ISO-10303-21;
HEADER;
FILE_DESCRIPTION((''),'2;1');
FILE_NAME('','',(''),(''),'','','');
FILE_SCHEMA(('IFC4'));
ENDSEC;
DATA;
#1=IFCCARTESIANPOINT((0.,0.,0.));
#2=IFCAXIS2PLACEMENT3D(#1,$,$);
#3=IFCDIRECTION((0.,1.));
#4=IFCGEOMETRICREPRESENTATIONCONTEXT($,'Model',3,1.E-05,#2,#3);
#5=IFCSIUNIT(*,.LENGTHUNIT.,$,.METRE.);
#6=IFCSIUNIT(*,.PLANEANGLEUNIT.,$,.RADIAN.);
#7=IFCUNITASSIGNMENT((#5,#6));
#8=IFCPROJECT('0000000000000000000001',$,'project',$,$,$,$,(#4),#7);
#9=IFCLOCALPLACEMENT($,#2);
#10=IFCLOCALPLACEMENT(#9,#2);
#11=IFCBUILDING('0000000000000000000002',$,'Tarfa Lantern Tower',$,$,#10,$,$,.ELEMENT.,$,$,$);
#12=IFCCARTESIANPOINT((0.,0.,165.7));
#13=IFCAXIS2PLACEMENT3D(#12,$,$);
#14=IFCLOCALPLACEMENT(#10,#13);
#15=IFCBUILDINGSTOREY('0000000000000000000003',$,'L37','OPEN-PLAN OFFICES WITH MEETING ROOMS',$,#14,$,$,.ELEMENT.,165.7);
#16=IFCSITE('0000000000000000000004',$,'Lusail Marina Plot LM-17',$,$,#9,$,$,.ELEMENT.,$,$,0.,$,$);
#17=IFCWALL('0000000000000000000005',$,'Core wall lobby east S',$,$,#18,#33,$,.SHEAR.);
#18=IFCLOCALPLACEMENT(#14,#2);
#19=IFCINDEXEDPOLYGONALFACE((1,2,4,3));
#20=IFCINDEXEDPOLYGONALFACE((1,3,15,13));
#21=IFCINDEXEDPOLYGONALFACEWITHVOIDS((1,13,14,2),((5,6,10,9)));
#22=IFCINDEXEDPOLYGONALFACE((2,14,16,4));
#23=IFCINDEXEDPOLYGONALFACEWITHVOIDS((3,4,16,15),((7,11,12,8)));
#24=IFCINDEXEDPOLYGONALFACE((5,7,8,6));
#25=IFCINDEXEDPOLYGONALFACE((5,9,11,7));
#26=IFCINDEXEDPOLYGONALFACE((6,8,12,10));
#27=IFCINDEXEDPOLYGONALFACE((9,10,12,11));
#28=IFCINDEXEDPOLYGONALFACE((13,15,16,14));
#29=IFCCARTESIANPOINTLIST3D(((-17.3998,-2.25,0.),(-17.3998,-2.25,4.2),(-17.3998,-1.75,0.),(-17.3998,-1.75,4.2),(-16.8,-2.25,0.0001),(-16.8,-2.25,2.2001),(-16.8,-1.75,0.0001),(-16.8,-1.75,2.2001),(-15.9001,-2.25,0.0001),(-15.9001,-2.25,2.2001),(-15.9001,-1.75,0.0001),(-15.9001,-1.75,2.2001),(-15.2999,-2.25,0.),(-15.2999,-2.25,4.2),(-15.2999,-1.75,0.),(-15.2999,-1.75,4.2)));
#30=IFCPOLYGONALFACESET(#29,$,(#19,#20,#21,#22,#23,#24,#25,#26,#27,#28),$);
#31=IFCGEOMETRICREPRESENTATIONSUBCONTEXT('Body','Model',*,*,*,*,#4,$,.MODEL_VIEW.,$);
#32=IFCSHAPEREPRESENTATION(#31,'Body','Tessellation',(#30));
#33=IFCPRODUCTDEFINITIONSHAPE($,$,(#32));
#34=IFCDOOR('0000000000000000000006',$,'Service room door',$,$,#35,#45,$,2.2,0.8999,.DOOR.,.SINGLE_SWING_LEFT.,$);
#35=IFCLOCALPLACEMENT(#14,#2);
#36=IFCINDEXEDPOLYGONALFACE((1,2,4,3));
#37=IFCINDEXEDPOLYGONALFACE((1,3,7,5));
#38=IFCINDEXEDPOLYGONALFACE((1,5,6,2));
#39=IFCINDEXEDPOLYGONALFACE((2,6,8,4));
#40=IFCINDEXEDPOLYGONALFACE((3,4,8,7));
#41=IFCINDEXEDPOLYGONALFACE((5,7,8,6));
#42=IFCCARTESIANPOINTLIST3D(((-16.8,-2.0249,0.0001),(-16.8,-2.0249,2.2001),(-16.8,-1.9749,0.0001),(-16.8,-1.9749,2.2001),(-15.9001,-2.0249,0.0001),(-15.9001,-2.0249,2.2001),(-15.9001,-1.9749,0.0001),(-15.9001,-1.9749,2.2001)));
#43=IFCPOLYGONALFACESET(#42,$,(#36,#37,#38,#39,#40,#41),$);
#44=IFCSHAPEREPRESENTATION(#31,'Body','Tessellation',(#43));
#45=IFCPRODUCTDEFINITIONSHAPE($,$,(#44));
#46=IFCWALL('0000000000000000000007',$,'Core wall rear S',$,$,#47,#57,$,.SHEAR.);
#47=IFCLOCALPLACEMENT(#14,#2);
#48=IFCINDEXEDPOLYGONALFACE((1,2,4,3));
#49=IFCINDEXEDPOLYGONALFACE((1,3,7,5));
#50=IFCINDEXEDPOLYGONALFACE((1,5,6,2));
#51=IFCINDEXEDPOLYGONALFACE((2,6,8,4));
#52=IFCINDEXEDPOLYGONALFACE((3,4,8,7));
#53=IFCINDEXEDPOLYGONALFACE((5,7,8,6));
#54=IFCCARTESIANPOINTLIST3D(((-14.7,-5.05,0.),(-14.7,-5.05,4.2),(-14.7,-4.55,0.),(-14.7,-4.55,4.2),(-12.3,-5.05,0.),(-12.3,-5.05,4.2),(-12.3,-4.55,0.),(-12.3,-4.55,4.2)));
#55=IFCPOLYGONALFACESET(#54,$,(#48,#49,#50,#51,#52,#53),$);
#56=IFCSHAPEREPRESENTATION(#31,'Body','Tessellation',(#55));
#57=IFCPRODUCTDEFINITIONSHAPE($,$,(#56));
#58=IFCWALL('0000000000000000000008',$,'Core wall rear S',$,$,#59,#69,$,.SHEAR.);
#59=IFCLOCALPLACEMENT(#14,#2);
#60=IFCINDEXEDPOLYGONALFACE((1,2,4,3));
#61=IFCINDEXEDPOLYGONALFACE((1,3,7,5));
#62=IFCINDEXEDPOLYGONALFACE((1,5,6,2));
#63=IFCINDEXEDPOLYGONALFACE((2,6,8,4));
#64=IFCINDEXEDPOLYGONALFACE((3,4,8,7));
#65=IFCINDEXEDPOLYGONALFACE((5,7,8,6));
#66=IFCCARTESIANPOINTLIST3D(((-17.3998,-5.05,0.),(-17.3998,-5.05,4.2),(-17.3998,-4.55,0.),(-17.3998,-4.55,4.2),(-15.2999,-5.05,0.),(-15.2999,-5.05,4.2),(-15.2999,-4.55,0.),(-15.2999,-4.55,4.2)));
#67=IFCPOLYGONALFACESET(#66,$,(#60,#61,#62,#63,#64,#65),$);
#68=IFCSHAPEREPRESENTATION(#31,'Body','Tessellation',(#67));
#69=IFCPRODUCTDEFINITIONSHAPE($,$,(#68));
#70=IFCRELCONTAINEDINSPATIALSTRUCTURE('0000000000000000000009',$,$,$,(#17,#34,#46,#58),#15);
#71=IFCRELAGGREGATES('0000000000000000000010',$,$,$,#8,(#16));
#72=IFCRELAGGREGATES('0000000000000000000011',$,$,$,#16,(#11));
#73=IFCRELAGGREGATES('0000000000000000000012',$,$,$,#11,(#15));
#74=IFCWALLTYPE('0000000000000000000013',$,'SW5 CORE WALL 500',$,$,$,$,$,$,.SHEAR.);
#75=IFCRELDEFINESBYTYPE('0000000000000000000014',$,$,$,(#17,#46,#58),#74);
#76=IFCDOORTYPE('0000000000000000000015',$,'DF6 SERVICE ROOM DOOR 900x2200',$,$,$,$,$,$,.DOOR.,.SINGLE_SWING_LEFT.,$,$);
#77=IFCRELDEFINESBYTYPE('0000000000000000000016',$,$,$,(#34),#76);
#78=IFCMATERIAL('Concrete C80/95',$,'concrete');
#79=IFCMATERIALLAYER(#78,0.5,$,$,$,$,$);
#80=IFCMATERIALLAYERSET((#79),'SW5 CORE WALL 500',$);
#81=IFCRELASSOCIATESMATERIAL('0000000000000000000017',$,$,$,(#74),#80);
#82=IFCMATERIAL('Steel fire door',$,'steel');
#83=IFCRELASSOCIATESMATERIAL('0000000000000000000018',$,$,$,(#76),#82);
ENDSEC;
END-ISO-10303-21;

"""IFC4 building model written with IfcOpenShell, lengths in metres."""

from ifc_helpers import new_model, si_unit, direction, frame, frame_2d, origin, place, context, subcontext, project, spatial, rectangle, extrude, material, layer, layer_set, type_object, element, fill, save


model = new_model("IFC4")

# Units and contexts
model_context = context("Model", 3, precision=1e-05, world=origin(), true_north=direction((0.0, 1.0)))
body_context = subcontext(model_context, "Body", "Model", "MODEL_VIEW")
ifc_project = project(units=[si_unit("LENGTHUNIT", "METRE"), si_unit("PLANEANGLEUNIT", "RADIAN")], contexts=[model_context])

# Site, building, storey
site_placement = place(None, origin())
site = spatial("IfcSite", under=ifc_project, at=site_placement, Name="Lusail Marina Plot LM-17", CompositionType="ELEMENT", RefElevation=0.0)
building_placement = place(site_placement, origin())
building = spatial("IfcBuilding", under=site, at=building_placement, Name="Tarfa Lantern Tower", CompositionType="ELEMENT")
storey_placement = place(building_placement, frame((0.0, 0.0, 165.7)))
storey = spatial("IfcBuildingStorey", under=building, at=storey_placement, Name="L37", Description="OPEN-PLAN OFFICES WITH MEETING ROOMS", CompositionType="ELEMENT", Elevation=165.7)

# Shared definitions
ifc_material_1 = material(Name="Concrete C80/95", Category="concrete")
ifc_layer_1 = layer(ifc_material_1, 0.5)
ifc_layer_set_1 = layer_set([ifc_layer_1], Name="SW5 CORE WALL 500")
wall_type_1 = type_object("IfcWallType", Name="SW5 CORE WALL 500", PredefinedType="SHEAR", material=ifc_layer_set_1)

# Wall, opening, door
wall_1_placement = place(storey_placement, frame((-15.3, -2.0, 0.0), z_axis=(0.0, 0.0, 1.0), x_axis=(-1.0, 0.0, 0.0)))
wall_1 = element("IfcWall", 1, at=wall_1_placement, inside=storey, type_object=wall_type_1, Name="Core wall lobby east S", PredefinedType="SHEAR", context=body_context, shape_type="SweptSolid", body=[
    extrude(rectangle(XDim=2.0999, YDim=0.5, at=frame_2d((1.0498, 0.0))), origin(), (0.0, 0.0, 1.0), 4.2),
])
opening_1_placement = place(wall_1_placement, frame((0.6001, 0.0, 0.0)))
opening_1 = element("IfcOpeningElement", 2, at=opening_1_placement, cuts=wall_1, PredefinedType="OPENING", context=body_context, shape_type="SweptSolid", body=[
    extrude(rectangle(XDim=0.8999, YDim=2.2, at=frame_2d((0.45, 1.1001))), frame((0.0, 0.26, 0.0), z_axis=(0.0, -1.0, 0.0), x_axis=(1.0, 0.0, 0.0)), (0.0, 0.0, 1.0), 0.52),
])
ifc_material_2 = material(Name="Steel fire door", Category="steel")
door_type_1 = type_object("IfcDoorType", Name="DF6 SERVICE ROOM DOOR 900x2200", OperationType="SINGLE_SWING_LEFT", PredefinedType="DOOR", material=ifc_material_2)
door_1_placement = place(opening_1_placement, origin())
door_1 = element("IfcDoor", 3, at=door_1_placement, inside=storey, type_object=door_type_1, Name="Service room door", OperationType="SINGLE_SWING_LEFT", OverallHeight=2.2, OverallWidth=0.8999, PredefinedType="DOOR", context=body_context, shape_type="SweptSolid", body=[
    extrude(rectangle(XDim=0.8999, YDim=2.2, at=frame_2d((0.45, 1.1001))), frame((0.0, 0.0249, 0.0), z_axis=(0.0, -1.0, 0.0), x_axis=(1.0, 0.0, 0.0)), (0.0, 0.0, 1.0), 0.05),
])
fill(opening_1, door_1)

# Walls
wall_2_placement = place(storey_placement, frame((-12.3, -4.8, 0.0), z_axis=(0.0, 0.0, 1.0), x_axis=(-1.0, 0.0, 0.0)))
element("IfcWall", 4, at=wall_2_placement, inside=storey, type_object=wall_type_1, Name="Core wall rear S", PredefinedType="SHEAR", context=body_context, shape_type="SweptSolid", body=[
    extrude(rectangle(XDim=2.3999, YDim=0.5, at=frame_2d((1.2, 0.0))), origin(), (0.0, 0.0, 1.0), 4.2),
])
wall_3_placement = place(storey_placement, frame((-15.3, -4.8, 0.0), z_axis=(0.0, 0.0, 1.0), x_axis=(-1.0, 0.0, 0.0)))
element("IfcWall", 5, at=wall_3_placement, inside=storey, type_object=wall_type_1, Name="Core wall rear S", PredefinedType="SHEAR", context=body_context, shape_type="SweptSolid", body=[
    extrude(rectangle(XDim=2.0999, YDim=0.5, at=frame_2d((1.0498, 0.0))), origin(), (0.0, 0.0, 1.0), 4.2),
])

save(model, "model.ifc")
